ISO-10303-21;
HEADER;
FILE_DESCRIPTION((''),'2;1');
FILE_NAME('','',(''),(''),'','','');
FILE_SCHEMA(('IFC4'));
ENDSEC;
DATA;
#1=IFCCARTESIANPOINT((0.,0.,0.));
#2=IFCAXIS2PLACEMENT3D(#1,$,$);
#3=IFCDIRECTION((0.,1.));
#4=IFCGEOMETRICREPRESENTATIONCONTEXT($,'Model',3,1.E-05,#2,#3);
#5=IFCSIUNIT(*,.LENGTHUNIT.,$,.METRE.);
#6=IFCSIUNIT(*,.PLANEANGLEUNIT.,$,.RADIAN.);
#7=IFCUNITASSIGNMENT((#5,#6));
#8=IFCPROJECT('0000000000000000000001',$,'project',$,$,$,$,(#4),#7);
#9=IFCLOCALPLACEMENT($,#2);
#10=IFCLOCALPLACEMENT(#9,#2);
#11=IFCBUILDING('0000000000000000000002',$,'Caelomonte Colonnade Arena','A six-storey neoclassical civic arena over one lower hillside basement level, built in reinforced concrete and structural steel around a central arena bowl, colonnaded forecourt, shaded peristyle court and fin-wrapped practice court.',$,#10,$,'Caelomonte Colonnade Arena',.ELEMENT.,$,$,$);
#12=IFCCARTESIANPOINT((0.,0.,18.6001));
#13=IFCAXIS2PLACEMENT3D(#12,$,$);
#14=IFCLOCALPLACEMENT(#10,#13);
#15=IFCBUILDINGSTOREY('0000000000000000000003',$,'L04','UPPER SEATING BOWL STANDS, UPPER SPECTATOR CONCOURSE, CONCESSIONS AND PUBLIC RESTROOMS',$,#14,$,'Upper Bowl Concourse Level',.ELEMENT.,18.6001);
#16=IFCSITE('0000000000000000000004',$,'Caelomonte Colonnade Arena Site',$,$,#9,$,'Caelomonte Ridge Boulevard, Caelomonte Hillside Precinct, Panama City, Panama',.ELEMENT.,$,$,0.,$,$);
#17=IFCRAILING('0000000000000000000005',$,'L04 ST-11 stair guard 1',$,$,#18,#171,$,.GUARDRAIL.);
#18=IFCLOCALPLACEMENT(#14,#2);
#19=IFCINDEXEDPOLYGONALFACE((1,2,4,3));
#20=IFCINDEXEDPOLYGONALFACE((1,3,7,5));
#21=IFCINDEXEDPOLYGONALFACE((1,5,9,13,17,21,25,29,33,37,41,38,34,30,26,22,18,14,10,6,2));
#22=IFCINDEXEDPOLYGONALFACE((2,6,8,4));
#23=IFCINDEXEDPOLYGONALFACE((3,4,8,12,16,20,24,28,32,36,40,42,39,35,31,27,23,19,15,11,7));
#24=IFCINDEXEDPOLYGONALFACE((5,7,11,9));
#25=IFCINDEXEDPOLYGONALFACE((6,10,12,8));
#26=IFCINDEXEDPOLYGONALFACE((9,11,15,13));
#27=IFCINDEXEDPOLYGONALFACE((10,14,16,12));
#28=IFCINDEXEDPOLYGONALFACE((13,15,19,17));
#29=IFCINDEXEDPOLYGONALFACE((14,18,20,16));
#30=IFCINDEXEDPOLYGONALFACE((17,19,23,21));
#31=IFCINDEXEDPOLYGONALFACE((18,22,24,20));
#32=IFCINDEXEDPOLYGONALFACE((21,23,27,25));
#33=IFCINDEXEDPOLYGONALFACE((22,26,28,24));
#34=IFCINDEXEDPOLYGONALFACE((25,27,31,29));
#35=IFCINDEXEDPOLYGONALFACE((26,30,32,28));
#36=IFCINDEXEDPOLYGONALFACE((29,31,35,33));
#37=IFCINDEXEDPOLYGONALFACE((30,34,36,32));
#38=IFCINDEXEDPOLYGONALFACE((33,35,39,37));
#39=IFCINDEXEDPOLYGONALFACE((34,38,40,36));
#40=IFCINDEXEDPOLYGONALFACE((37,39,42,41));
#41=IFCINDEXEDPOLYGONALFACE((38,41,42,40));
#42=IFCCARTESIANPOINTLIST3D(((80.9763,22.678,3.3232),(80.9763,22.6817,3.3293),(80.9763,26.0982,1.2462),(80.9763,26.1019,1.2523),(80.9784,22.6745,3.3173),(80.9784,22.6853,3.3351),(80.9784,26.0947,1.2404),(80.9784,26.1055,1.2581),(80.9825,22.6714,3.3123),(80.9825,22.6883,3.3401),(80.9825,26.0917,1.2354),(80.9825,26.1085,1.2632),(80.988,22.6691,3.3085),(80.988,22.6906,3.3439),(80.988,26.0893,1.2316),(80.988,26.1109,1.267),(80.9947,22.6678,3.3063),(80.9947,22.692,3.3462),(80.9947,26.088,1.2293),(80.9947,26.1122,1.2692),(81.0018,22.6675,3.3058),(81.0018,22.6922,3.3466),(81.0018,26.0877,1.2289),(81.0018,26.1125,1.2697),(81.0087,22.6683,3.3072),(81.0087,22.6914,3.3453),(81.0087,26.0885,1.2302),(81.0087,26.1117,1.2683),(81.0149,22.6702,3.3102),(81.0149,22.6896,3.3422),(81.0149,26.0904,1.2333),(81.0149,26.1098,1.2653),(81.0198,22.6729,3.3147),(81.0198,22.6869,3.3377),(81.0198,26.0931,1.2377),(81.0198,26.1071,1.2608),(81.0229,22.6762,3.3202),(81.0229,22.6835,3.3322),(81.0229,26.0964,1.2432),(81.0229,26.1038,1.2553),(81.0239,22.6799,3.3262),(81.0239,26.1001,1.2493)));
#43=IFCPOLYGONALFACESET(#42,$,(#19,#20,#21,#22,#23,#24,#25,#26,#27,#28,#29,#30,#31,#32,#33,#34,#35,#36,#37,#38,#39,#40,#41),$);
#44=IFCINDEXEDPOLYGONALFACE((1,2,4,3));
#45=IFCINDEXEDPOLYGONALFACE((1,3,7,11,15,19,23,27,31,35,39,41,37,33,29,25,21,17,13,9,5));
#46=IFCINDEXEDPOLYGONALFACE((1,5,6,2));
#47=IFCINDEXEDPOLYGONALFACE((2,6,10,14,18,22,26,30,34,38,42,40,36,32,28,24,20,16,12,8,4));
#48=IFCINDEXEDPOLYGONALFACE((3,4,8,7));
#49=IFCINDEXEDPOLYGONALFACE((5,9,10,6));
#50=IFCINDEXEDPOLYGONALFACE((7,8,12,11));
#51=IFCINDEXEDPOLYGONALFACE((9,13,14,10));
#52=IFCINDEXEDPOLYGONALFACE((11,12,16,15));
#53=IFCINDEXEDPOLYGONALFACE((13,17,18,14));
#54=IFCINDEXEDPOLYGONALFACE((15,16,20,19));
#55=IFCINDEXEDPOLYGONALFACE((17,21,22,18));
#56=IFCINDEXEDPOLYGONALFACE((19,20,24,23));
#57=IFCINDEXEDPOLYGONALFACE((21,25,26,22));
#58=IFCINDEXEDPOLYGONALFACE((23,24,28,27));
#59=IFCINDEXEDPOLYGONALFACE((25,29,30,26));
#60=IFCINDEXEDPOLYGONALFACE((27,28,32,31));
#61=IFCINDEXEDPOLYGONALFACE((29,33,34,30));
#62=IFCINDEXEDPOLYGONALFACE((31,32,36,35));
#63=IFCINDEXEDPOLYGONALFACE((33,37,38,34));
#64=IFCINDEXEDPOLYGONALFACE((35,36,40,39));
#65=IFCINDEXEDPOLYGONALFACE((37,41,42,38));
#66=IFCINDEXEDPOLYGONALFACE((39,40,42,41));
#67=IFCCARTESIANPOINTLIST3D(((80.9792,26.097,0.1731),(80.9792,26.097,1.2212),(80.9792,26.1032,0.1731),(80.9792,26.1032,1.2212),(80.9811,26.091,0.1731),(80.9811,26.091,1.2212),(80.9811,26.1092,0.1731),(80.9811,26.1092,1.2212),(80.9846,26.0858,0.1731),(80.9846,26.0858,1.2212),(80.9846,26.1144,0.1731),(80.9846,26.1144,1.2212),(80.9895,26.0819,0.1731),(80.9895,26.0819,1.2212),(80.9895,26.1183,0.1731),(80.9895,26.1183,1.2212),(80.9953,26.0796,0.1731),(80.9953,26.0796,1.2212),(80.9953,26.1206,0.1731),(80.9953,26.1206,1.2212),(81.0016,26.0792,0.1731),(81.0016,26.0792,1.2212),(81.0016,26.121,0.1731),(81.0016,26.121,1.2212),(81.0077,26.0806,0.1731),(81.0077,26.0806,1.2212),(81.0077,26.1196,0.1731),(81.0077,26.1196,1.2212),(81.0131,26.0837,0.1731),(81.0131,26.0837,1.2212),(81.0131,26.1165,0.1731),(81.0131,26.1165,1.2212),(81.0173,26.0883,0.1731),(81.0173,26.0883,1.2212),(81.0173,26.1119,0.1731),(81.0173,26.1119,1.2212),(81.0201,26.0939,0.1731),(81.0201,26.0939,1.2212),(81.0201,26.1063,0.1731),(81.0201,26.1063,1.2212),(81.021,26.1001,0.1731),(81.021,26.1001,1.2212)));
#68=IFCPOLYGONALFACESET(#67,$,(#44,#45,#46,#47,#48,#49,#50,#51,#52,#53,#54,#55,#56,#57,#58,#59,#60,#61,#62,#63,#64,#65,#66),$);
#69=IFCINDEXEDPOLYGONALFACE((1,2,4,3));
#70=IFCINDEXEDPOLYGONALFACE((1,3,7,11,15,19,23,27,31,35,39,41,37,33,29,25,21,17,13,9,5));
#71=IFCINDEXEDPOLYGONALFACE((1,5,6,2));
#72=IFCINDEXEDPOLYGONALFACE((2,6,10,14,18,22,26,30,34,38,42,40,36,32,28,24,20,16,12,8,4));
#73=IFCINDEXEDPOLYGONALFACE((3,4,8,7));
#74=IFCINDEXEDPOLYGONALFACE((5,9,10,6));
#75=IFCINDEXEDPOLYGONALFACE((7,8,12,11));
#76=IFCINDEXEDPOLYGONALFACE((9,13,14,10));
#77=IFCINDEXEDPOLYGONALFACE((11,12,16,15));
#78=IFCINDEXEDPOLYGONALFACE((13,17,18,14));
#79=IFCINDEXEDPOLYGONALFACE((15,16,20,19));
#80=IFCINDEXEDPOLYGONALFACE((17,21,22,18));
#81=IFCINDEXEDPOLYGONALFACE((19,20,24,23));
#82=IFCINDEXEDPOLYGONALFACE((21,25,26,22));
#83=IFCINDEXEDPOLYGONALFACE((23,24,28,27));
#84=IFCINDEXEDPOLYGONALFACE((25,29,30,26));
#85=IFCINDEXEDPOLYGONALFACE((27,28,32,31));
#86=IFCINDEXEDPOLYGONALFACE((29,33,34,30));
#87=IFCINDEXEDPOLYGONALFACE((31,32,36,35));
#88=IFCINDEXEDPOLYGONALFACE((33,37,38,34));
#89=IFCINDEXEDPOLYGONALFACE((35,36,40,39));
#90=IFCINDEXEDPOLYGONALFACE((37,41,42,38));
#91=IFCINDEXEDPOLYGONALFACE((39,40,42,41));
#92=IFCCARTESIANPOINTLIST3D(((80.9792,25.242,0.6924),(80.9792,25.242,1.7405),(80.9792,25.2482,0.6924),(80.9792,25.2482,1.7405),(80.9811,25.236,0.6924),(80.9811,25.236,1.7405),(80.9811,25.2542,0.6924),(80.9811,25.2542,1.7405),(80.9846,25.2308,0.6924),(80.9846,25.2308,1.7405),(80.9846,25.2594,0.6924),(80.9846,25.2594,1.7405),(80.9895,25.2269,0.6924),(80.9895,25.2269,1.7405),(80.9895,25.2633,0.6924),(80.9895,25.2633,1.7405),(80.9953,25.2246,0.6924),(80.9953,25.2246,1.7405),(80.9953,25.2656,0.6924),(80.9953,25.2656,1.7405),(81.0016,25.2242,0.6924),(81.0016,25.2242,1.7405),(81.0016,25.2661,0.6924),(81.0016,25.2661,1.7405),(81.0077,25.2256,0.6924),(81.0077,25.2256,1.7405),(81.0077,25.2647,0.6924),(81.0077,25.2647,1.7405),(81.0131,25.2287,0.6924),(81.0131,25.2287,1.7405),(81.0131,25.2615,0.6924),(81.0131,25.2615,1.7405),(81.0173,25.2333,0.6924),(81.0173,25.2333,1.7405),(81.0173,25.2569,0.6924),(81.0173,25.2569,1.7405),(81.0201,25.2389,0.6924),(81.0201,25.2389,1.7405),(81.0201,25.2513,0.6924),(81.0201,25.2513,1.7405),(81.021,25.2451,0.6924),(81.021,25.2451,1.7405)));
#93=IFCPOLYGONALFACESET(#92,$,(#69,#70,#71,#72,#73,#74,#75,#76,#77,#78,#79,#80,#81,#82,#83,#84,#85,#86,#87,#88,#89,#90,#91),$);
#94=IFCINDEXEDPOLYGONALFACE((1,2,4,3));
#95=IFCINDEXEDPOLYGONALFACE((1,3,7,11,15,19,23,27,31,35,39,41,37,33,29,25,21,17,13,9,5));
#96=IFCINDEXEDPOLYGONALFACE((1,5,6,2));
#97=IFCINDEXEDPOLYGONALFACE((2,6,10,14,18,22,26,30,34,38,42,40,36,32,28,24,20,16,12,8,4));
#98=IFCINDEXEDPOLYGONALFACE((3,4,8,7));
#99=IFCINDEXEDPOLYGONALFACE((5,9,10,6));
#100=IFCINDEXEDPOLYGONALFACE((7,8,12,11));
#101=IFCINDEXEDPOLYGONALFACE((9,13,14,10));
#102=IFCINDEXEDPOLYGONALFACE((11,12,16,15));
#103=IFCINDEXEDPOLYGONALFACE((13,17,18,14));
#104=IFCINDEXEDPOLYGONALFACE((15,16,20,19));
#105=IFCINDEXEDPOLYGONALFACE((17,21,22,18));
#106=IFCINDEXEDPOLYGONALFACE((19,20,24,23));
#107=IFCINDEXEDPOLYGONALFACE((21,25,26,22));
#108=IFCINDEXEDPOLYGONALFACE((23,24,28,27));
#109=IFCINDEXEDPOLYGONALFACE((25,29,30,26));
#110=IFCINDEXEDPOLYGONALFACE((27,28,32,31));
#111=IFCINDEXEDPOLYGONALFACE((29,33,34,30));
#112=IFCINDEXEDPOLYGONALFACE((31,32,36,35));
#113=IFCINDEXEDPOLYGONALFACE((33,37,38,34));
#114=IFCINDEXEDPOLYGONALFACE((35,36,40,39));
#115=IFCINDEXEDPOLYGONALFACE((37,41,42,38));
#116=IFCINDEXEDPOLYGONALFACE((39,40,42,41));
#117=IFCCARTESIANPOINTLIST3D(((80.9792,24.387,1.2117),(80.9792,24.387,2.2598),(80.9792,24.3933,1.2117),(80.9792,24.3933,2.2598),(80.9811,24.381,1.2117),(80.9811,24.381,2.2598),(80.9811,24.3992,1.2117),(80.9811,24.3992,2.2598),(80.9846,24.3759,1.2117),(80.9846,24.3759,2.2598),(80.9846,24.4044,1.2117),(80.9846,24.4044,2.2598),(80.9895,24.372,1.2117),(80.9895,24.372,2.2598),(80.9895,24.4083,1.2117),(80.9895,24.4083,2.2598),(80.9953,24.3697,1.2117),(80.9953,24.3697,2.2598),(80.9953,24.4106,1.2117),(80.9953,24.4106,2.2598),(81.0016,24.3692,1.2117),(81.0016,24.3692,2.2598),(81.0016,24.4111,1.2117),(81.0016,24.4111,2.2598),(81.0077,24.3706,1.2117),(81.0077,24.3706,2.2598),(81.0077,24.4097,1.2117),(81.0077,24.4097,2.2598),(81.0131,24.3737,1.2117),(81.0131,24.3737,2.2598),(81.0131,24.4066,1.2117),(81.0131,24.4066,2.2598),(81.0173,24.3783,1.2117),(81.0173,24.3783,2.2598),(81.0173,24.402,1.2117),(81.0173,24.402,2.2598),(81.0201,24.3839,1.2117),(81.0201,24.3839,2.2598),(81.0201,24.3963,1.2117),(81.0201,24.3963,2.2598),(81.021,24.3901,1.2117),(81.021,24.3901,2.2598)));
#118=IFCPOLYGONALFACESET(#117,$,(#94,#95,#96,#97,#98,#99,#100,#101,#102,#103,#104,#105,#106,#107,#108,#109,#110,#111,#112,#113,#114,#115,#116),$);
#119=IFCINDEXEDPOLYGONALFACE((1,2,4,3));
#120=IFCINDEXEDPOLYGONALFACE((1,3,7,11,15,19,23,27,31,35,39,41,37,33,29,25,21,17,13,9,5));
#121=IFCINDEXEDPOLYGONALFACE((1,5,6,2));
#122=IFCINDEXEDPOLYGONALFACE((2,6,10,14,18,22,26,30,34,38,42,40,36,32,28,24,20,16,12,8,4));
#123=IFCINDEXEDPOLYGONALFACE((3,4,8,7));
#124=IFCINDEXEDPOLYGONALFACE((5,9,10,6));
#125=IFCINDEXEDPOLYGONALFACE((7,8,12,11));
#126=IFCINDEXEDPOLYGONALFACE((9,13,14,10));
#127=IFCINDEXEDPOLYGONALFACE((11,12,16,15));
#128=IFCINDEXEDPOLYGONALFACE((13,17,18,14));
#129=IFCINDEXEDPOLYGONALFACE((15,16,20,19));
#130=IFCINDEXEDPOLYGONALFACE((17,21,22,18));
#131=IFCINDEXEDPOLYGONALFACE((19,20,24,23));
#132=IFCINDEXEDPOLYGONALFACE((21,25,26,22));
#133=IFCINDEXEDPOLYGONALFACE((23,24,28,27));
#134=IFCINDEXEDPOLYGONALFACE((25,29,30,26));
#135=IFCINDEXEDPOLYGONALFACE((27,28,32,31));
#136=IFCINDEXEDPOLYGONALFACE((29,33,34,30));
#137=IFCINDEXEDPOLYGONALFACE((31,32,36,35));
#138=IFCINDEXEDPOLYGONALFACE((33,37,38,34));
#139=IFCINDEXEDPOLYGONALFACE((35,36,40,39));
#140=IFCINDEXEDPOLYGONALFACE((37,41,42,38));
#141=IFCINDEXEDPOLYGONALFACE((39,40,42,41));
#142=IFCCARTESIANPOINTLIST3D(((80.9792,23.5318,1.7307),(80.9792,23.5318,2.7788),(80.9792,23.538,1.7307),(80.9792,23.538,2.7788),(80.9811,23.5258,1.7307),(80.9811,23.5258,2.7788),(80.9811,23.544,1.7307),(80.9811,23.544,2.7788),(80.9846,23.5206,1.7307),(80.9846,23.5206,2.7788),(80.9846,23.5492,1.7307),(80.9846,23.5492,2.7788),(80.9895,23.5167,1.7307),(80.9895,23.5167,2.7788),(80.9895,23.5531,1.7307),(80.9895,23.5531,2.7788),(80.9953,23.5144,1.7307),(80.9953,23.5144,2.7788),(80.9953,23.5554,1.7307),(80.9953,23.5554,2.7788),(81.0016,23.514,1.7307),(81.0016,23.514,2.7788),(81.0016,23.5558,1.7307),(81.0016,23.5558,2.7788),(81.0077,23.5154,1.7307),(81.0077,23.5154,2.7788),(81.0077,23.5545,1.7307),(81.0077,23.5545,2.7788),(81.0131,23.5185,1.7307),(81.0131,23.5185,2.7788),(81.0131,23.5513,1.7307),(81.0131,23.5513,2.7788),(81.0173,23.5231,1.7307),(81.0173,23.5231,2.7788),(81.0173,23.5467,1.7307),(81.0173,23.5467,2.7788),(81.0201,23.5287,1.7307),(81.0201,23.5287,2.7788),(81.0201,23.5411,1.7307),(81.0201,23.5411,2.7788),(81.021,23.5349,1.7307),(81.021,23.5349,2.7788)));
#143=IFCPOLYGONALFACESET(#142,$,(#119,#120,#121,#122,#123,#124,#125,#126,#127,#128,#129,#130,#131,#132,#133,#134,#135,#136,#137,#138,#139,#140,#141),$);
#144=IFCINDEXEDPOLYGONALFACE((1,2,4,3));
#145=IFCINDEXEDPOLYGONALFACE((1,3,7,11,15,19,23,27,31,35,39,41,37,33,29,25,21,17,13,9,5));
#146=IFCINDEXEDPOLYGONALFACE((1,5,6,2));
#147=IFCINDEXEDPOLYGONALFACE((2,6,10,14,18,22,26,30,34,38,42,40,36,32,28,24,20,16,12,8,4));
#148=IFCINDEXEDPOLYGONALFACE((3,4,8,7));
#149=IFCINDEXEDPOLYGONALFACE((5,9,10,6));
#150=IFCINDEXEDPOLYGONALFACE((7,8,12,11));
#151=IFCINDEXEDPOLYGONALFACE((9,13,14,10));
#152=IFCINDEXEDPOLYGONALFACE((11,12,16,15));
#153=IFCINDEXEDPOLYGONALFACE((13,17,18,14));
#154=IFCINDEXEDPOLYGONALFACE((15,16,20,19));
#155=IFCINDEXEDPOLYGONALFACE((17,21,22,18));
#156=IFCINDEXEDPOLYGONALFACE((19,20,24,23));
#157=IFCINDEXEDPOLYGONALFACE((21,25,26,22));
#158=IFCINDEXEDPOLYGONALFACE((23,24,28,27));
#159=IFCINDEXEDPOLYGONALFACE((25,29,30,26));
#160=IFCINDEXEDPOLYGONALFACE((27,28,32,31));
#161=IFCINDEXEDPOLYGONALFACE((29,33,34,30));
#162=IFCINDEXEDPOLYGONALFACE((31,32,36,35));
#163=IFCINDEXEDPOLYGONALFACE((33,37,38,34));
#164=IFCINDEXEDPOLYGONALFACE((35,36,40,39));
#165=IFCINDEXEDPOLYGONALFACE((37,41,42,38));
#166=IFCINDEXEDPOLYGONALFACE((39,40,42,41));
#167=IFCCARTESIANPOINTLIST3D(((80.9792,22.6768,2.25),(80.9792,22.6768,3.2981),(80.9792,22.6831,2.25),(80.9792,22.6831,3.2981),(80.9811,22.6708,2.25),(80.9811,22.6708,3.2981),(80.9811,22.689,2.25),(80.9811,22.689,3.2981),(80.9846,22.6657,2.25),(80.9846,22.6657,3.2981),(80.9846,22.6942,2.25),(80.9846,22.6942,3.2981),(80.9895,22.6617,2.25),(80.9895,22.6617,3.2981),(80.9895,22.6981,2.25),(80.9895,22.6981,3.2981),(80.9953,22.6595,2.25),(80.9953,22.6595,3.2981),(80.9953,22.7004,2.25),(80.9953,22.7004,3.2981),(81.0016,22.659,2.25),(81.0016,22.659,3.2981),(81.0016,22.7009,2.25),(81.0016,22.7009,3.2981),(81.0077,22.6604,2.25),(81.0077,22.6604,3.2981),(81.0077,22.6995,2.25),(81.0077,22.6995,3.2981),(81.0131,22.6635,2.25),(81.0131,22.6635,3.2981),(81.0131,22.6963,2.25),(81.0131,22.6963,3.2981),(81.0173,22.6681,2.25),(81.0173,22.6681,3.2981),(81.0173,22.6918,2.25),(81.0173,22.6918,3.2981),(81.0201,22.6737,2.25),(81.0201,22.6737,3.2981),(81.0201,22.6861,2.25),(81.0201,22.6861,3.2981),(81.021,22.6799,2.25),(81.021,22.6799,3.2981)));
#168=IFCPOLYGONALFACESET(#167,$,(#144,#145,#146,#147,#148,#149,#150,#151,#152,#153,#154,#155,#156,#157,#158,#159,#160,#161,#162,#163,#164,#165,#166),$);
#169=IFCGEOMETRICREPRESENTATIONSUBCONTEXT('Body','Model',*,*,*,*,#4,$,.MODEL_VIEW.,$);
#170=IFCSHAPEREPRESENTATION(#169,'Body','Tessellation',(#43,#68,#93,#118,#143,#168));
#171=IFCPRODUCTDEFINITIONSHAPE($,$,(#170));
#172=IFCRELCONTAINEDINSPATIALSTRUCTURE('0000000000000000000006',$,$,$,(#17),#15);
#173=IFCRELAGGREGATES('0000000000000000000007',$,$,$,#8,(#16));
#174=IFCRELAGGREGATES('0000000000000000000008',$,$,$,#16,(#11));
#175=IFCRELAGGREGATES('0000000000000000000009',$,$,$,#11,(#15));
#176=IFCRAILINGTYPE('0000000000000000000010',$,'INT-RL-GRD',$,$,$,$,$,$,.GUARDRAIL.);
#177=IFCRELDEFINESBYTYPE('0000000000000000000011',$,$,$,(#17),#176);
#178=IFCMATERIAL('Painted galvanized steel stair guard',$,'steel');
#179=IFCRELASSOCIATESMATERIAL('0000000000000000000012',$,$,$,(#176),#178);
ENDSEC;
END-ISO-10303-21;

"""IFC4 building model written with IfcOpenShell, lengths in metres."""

from ifc_helpers import new_model, si_unit, direction, frame, origin, origin_2d, place, context, subcontext, project, spatial, circle, extrude, material, type_object, element, save


model = new_model("IFC4")

# Units and contexts
model_context = context("Model", 3, precision=1e-05, world=origin(), true_north=direction((0.0, 1.0)))
body_context = subcontext(model_context, "Body", "Model", "MODEL_VIEW")
ifc_project = project(units=[si_unit("LENGTHUNIT", "METRE"), si_unit("PLANEANGLEUNIT", "RADIAN")], contexts=[model_context])

# Site, building, storey
site_placement = place(None, origin())
site = spatial("IfcSite", under=ifc_project, at=site_placement, Name="Caelomonte Colonnade Arena Site", LongName="Caelomonte Ridge Boulevard, Caelomonte Hillside Precinct, Panama City, Panama", CompositionType="ELEMENT", RefElevation=0.0)
building_placement = place(site_placement, origin())
building = spatial("IfcBuilding", under=site, at=building_placement, Name="Caelomonte Colonnade Arena", Description="A six-storey neoclassical civic arena over one lower hillside basement level, built in reinforced concrete and structural steel around a central arena bowl, colonnaded forecourt, shaded peristyle court and fin-wrapped practice court.", LongName="Caelomonte Colonnade Arena", CompositionType="ELEMENT")
storey_placement = place(building_placement, frame((0.0, 0.0, 18.6001)))
storey = spatial("IfcBuildingStorey", under=building, at=storey_placement, Name="L04", Description="UPPER SEATING BOWL STANDS, UPPER SPECTATOR CONCOURSE, CONCESSIONS AND PUBLIC RESTROOMS", LongName="Upper Bowl Concourse Level", CompositionType="ELEMENT", Elevation=18.6001)

# Railing
ifc_material_1 = material(Name="Painted galvanized steel stair guard", Category="steel")
railing_type_1 = type_object("IfcRailingType", Name="INT-RL-GRD", PredefinedType="GUARDRAIL", material=ifc_material_1)
railing_1_placement = place(storey_placement, frame((81.0, 26.1001, 0.1731)))
element("IfcRailing", 1, at=railing_1_placement, inside=storey, type_object=railing_type_1, Name="L04 ST-11 stair guard 1", PredefinedType="GUARDRAIL", context=body_context, shape_type="SweptSolid", body=[
    extrude(circle(Radius=0.0239, at=origin_2d()), frame((0.0, 0.0, 1.0762), z_axis=(0.0, -0.854746, 0.519047), x_axis=(1.0, 0.0, 0.0)), (0.0, 0.0, 1.0), 4.0015),
    extrude(circle(Radius=0.021, at=origin_2d()), origin(), (0.0, 0.0, 1.0), 1.0481),
    extrude(circle(Radius=0.021, at=origin_2d()), frame((0.0, -0.855, 0.5193)), (0.0, 0.0, 1.0), 1.0481),
    extrude(circle(Radius=0.021, at=origin_2d()), frame((0.0, -1.71, 1.0386)), (0.0, 0.0, 1.0), 1.0481),
    extrude(circle(Radius=0.021, at=origin_2d()), frame((0.0, -2.5652, 1.5576)), (0.0, 0.0, 1.0), 1.0481),
    extrude(circle(Radius=0.021, at=origin_2d()), frame((0.0, -3.4202, 2.0769)), (0.0, 0.0, 1.0), 1.0481),
])

save(model, "model.ifc")
